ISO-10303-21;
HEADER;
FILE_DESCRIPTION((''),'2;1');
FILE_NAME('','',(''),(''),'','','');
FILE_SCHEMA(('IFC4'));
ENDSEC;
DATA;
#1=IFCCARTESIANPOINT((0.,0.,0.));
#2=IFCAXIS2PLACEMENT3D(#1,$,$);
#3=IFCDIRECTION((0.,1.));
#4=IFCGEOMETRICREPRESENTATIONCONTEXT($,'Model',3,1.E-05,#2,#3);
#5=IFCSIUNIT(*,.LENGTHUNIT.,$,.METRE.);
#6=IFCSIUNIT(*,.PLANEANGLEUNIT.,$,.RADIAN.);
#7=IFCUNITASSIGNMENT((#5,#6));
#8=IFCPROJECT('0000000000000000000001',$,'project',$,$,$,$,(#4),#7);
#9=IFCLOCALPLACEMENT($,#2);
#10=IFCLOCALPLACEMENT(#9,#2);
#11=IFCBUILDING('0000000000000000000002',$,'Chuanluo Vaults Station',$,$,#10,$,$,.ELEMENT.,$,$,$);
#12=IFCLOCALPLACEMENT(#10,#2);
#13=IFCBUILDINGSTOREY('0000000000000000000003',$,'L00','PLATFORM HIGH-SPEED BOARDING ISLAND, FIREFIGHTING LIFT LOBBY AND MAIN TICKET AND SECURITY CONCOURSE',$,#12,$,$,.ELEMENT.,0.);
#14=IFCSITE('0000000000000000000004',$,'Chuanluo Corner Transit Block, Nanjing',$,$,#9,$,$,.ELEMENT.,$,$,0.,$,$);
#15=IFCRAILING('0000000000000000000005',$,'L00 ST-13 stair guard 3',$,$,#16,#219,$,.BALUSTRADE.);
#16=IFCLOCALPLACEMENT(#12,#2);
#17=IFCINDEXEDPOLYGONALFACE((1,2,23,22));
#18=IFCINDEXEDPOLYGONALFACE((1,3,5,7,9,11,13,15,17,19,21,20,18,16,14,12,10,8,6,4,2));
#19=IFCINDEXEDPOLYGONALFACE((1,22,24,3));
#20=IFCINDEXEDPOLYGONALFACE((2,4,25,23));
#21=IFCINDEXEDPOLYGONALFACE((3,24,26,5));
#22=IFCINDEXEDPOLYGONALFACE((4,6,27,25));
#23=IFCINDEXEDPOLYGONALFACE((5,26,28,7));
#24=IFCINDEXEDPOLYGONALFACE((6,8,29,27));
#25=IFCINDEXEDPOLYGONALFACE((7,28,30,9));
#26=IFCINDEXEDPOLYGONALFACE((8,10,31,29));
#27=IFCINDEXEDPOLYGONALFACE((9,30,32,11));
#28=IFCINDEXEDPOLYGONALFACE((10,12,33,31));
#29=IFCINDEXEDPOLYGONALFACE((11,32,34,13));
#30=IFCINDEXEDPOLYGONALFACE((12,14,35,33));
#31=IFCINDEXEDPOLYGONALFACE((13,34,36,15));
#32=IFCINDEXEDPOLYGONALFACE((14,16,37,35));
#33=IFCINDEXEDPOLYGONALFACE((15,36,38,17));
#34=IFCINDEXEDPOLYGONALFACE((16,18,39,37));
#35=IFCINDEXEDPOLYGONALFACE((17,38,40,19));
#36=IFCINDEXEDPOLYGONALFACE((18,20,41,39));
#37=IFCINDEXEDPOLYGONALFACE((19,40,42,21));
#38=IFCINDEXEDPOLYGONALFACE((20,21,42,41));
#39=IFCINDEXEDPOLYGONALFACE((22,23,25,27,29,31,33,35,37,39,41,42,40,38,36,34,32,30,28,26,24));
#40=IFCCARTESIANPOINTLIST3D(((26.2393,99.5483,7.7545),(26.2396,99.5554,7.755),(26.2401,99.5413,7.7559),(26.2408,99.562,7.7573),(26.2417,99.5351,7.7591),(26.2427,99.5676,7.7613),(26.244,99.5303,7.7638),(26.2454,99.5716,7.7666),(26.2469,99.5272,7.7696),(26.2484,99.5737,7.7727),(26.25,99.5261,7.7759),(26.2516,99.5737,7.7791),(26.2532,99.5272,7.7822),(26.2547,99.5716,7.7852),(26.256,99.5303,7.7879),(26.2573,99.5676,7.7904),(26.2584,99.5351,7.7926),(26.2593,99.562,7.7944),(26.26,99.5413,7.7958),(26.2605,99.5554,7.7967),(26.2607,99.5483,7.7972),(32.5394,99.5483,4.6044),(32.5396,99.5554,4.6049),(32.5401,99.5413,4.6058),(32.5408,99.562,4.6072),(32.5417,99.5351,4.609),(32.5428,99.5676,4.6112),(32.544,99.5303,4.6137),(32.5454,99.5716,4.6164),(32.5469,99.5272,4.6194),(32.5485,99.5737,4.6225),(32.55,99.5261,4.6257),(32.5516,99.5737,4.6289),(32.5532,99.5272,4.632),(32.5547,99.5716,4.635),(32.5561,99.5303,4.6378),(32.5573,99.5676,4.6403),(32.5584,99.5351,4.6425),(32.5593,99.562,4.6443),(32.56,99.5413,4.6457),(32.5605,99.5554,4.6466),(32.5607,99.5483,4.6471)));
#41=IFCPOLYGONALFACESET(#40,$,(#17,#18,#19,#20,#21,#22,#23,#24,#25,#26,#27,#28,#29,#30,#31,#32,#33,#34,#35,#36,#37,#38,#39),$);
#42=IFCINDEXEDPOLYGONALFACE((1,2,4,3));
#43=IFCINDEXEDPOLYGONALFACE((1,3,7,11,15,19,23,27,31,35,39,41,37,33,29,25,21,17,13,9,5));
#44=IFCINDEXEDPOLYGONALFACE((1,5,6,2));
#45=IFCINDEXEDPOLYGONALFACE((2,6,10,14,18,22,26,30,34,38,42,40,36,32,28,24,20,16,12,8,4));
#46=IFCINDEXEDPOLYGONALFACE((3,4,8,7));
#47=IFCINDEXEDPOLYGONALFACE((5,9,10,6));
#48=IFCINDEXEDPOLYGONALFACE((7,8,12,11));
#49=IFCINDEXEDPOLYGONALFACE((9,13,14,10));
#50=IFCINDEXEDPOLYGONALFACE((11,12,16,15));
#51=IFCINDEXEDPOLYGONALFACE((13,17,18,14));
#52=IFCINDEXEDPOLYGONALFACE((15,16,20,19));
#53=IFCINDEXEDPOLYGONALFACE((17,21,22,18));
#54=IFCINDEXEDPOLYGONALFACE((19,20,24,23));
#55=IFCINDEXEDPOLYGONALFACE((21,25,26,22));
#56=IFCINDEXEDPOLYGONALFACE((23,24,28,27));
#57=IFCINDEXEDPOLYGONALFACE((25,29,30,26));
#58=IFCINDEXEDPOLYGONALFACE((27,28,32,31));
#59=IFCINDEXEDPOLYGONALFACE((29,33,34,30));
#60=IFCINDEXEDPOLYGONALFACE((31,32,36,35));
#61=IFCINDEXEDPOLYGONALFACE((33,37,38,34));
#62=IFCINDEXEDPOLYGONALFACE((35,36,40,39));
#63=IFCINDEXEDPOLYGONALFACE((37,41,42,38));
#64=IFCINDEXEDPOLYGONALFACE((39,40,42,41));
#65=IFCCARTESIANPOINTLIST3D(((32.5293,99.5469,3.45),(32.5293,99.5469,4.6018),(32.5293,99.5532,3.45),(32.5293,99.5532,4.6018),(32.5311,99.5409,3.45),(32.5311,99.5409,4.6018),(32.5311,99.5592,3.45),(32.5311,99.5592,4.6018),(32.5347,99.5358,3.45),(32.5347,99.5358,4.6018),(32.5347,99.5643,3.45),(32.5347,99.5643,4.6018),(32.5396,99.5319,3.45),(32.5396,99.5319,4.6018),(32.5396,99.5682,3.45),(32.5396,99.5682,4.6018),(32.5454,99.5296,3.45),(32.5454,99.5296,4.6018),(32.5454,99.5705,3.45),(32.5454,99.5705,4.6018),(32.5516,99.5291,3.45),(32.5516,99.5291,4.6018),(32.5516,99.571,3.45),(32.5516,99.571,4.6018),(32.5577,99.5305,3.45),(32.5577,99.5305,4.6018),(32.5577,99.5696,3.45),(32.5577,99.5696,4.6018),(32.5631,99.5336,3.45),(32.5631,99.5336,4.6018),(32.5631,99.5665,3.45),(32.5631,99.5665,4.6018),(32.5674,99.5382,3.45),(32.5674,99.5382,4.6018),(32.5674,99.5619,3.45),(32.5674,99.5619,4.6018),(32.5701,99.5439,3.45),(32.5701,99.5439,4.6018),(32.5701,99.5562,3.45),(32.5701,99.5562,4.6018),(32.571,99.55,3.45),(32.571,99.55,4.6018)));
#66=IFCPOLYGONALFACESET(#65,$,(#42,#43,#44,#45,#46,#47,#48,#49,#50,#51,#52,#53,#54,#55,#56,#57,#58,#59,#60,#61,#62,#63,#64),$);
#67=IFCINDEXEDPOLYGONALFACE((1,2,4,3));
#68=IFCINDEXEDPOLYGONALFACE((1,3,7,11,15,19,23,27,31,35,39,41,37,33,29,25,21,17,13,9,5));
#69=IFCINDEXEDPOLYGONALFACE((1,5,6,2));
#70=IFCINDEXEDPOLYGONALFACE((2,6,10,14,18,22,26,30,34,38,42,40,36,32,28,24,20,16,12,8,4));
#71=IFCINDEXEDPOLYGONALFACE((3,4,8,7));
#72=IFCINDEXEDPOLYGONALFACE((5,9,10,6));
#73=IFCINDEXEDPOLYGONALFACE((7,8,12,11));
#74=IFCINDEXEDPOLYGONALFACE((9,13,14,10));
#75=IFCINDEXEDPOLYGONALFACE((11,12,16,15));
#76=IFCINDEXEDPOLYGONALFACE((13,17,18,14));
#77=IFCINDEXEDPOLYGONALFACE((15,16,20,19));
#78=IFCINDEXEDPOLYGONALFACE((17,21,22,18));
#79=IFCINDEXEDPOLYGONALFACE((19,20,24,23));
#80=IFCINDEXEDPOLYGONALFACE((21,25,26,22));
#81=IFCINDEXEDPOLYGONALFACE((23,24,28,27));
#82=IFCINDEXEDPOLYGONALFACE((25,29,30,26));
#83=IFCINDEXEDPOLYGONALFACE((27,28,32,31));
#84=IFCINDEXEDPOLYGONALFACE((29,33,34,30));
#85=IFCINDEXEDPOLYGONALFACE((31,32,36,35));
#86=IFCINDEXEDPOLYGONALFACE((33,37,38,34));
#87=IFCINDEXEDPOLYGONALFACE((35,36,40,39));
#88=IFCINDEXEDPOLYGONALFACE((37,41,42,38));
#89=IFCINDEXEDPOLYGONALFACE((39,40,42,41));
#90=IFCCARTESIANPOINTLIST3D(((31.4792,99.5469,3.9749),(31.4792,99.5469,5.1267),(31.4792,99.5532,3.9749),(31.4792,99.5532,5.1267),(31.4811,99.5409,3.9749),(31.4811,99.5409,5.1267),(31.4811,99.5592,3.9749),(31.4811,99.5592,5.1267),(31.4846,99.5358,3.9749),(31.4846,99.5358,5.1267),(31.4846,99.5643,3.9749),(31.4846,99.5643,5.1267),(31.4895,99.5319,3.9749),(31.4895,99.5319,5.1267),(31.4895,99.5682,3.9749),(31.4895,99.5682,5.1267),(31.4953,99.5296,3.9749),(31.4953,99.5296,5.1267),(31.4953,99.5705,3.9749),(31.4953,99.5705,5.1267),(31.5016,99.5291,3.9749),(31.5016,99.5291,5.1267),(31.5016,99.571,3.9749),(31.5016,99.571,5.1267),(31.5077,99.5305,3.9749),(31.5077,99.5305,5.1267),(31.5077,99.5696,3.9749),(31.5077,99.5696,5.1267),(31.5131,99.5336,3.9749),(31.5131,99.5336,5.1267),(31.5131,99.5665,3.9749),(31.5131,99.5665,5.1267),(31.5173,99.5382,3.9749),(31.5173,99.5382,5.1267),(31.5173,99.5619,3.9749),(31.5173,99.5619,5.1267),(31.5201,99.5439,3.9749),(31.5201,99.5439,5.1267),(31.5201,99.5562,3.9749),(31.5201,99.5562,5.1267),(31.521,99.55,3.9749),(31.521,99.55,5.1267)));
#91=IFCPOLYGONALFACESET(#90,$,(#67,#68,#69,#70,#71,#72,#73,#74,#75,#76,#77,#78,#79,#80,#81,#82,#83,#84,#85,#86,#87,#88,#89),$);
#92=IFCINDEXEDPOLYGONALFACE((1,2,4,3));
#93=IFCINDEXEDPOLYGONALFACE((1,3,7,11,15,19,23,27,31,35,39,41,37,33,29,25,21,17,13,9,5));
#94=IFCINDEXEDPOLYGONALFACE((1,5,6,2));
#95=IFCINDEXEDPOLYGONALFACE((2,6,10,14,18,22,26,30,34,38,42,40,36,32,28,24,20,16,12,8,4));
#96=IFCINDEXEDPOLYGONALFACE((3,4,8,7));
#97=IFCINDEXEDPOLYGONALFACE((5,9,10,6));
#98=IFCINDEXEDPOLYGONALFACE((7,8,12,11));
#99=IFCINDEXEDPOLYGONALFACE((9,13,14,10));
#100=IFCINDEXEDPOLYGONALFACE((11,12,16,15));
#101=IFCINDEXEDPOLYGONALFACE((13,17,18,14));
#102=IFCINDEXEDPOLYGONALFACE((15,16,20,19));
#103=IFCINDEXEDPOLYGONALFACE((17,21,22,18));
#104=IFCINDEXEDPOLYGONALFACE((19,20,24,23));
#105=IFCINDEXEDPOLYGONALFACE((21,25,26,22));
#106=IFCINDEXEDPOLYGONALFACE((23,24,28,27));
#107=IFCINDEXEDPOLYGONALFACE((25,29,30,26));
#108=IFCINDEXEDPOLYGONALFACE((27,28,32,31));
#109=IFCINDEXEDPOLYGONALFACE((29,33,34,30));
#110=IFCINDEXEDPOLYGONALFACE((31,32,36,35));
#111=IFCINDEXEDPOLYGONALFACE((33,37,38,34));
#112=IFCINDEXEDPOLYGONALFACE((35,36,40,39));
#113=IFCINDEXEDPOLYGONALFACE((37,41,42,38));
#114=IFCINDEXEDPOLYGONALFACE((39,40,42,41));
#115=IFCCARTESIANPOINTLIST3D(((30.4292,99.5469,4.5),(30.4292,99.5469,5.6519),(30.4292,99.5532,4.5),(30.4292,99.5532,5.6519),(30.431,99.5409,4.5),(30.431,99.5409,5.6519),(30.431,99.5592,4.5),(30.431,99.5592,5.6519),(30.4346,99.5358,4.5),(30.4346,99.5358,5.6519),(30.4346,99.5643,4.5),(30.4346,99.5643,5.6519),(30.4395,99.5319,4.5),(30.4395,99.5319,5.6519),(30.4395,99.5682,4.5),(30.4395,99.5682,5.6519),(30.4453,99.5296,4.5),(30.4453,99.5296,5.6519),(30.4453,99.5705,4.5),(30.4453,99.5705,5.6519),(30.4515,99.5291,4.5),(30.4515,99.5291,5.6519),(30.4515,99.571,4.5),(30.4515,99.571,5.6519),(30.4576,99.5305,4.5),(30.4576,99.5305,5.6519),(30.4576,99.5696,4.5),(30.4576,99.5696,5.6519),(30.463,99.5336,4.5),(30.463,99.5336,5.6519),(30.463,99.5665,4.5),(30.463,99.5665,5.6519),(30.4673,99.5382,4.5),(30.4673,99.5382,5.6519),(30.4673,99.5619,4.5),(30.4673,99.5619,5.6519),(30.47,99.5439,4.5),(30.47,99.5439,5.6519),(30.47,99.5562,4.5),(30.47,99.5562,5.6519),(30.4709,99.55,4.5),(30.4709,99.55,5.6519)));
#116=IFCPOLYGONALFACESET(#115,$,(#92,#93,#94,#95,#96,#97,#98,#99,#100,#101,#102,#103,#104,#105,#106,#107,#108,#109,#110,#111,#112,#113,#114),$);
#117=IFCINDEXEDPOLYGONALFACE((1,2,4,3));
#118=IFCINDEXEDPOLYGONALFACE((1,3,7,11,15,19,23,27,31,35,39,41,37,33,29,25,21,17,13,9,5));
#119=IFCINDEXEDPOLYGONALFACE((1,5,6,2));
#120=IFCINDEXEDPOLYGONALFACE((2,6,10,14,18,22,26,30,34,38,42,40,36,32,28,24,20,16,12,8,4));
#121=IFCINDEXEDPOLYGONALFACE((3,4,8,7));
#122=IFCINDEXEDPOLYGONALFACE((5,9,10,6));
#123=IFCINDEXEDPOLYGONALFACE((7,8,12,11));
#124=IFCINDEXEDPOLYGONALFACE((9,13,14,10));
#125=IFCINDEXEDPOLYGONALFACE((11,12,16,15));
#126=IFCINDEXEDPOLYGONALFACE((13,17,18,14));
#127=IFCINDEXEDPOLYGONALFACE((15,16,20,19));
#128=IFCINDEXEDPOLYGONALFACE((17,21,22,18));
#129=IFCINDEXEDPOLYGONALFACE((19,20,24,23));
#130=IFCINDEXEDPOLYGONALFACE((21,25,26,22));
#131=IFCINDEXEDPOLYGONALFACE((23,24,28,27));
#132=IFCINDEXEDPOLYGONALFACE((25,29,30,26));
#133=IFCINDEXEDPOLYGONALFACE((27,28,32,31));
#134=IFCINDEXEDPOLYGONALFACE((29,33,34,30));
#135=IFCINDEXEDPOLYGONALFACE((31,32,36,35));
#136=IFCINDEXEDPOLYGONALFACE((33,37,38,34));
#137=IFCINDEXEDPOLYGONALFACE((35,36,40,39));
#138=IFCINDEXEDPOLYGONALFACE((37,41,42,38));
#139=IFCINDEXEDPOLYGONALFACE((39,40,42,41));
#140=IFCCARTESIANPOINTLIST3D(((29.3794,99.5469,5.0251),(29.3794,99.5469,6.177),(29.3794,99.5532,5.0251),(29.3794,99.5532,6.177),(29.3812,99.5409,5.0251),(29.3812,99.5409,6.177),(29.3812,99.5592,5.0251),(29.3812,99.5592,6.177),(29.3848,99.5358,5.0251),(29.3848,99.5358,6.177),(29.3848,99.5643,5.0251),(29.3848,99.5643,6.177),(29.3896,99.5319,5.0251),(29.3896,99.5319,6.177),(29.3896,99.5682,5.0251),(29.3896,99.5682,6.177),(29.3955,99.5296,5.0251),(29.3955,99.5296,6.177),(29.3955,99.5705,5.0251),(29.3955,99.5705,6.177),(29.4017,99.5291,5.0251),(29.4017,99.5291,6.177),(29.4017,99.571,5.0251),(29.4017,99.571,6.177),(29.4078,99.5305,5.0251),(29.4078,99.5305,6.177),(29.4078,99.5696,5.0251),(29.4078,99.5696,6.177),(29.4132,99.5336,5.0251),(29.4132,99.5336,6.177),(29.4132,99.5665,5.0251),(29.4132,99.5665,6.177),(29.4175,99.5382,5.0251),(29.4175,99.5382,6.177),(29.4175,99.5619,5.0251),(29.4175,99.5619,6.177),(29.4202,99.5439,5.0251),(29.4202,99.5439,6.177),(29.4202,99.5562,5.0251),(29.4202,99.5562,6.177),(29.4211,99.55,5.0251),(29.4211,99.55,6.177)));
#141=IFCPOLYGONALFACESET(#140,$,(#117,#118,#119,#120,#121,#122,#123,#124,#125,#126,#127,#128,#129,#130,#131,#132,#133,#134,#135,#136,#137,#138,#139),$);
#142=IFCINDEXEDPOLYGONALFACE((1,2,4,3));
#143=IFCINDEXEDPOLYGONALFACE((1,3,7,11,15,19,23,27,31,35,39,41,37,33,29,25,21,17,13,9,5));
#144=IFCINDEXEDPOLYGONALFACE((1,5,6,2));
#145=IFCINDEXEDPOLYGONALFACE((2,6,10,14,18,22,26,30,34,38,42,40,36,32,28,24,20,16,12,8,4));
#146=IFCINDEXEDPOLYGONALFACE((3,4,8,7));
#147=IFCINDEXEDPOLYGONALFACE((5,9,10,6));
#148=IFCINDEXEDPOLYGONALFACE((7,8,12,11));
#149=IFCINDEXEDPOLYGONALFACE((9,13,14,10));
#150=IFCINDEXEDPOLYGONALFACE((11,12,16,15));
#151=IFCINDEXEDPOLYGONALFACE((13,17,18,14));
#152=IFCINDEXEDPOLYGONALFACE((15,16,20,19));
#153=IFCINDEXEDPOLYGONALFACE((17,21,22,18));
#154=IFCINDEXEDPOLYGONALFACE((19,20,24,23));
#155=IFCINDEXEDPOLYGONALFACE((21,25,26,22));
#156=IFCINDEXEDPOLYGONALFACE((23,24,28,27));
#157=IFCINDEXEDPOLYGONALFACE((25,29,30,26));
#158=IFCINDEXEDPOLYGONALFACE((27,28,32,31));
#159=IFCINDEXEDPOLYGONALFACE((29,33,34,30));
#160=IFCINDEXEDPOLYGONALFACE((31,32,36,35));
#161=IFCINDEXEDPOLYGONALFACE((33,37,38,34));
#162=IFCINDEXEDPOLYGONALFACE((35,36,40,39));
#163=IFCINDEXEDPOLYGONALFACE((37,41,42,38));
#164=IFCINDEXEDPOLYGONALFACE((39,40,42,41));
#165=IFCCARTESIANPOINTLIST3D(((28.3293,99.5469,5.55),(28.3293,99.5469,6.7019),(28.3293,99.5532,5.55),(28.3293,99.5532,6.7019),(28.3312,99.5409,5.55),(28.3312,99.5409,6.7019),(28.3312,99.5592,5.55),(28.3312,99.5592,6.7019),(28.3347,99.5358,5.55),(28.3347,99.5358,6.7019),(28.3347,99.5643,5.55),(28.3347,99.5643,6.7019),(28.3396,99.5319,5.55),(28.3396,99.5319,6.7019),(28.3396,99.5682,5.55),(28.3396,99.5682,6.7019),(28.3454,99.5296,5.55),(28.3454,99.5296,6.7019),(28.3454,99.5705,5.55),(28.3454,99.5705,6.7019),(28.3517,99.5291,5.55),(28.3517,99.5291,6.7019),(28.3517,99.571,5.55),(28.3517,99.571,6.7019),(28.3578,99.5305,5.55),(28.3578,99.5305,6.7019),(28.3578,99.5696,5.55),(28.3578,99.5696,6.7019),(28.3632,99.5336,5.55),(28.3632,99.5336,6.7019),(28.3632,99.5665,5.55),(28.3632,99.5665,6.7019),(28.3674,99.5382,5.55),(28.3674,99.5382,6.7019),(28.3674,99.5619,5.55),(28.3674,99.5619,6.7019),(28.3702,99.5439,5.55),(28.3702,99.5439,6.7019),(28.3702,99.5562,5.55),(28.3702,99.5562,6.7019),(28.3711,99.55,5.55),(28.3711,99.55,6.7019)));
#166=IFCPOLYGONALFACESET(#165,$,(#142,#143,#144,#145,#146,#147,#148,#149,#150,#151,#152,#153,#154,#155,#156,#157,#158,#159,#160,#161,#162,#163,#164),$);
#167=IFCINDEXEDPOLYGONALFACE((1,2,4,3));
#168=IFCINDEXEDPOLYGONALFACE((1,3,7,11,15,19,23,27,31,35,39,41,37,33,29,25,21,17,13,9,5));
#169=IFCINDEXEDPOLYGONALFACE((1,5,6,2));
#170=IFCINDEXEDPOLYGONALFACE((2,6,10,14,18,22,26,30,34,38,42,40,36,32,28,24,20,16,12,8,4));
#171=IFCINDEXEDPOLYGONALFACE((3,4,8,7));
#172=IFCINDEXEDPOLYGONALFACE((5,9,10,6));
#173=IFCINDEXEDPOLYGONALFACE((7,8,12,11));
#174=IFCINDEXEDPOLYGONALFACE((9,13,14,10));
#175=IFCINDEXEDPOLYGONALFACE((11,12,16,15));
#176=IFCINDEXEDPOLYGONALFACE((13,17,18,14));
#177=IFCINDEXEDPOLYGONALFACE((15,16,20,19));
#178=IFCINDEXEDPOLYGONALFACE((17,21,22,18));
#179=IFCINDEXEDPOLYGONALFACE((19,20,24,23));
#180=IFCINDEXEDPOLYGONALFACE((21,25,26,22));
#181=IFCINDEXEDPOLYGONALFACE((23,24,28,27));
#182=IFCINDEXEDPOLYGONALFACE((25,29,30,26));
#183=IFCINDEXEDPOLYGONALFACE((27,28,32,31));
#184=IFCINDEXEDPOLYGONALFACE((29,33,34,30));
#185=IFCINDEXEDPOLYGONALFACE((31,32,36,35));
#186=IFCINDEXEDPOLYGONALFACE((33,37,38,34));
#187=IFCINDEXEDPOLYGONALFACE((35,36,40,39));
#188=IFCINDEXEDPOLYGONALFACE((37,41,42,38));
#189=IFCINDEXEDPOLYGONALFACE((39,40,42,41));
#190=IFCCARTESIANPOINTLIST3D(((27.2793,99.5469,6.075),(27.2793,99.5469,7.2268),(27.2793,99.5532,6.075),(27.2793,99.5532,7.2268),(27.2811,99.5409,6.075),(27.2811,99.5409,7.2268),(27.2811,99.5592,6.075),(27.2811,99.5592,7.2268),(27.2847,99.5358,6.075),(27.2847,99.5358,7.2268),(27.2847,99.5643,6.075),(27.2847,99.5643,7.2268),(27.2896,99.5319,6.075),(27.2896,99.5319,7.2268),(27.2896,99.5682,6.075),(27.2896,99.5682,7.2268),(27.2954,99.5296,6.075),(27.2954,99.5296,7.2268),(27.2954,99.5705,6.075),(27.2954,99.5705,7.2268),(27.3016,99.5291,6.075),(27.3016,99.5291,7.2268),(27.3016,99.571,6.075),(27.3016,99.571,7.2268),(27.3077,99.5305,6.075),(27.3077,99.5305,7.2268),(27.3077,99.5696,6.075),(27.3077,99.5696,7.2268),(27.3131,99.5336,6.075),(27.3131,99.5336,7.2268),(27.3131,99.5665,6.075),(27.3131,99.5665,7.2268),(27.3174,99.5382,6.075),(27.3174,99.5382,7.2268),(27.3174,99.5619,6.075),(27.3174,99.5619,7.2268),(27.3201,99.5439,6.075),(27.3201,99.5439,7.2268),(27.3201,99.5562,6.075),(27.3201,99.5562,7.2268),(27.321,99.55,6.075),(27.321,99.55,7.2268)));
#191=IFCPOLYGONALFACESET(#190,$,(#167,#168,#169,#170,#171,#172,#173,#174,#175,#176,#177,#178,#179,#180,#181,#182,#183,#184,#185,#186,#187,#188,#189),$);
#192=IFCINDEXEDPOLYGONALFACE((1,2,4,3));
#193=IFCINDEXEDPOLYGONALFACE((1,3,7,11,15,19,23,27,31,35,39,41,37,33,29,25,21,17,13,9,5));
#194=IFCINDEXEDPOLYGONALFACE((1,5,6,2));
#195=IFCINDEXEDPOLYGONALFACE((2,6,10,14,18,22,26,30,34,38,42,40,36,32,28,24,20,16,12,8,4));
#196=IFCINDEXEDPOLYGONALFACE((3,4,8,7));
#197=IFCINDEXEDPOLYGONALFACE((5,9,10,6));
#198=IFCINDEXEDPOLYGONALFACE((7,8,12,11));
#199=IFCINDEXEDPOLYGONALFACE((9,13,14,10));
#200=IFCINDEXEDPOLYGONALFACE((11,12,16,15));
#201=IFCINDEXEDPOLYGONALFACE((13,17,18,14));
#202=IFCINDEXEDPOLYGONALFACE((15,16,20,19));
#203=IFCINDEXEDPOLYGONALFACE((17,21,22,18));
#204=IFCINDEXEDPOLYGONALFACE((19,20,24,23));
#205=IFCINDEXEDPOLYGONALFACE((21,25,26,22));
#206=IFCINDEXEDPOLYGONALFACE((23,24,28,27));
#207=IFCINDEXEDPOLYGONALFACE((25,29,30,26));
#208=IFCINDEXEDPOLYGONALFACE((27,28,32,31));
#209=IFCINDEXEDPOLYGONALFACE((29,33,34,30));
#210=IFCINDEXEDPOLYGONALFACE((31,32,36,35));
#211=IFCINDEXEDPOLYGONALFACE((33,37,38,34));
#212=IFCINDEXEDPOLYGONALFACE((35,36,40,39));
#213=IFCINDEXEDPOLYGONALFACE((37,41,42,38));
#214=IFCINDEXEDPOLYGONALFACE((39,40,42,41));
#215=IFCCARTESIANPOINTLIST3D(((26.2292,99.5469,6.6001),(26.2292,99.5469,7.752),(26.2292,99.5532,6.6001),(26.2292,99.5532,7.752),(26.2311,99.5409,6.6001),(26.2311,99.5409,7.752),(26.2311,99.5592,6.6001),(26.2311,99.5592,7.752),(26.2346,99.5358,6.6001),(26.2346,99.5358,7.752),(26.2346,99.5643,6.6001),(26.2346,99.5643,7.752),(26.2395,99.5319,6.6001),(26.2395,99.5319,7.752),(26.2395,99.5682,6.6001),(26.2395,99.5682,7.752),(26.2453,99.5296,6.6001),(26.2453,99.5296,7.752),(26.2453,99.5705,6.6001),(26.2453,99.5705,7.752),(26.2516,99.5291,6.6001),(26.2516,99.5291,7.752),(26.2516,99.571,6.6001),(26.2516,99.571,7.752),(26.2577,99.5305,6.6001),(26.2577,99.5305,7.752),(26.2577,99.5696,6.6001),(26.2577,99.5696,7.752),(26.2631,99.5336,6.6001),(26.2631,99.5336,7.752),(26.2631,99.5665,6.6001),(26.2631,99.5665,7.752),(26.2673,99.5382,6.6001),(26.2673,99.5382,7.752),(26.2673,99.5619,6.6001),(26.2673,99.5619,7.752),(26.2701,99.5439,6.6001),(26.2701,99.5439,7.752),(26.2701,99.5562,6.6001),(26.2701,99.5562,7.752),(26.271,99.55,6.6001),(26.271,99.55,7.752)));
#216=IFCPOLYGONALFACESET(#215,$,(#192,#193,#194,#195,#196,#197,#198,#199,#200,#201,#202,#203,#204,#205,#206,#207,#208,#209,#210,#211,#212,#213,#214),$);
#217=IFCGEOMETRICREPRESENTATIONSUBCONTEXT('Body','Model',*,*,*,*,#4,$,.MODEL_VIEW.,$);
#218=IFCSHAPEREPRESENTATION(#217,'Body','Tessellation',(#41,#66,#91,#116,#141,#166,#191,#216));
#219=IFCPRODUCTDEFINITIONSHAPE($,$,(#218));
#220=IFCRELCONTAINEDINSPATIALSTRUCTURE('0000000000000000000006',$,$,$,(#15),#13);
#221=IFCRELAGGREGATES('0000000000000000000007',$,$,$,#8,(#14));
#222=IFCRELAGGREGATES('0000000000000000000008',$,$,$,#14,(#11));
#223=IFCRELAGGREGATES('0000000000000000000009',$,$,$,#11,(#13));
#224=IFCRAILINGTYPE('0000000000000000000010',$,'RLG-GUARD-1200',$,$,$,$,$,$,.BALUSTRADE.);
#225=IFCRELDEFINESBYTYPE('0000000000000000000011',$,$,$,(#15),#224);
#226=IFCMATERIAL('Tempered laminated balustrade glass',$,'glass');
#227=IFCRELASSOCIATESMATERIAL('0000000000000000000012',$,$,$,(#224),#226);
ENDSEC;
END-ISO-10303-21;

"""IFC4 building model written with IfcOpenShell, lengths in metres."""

from ifc_helpers import new_model, si_unit, direction, frame, origin, origin_2d, place, context, subcontext, project, spatial, circle, extrude, material, type_object, element, save


model = new_model("IFC4")

# Units and contexts
model_context = context("Model", 3, precision=1e-05, world=origin(), true_north=direction((0.0, 1.0)))
body_context = subcontext(model_context, "Body", "Model", "MODEL_VIEW")
ifc_project = project(units=[si_unit("LENGTHUNIT", "METRE"), si_unit("PLANEANGLEUNIT", "RADIAN")], contexts=[model_context])

# Site, building, storey
site_placement = place(None, origin())
site = spatial("IfcSite", under=ifc_project, at=site_placement, Name="Chuanluo Corner Transit Block, Nanjing", CompositionType="ELEMENT", RefElevation=0.0)
building_placement = place(site_placement, origin())
building = spatial("IfcBuilding", under=site, at=building_placement, Name="Chuanluo Vaults Station", CompositionType="ELEMENT")
storey_placement = place(building_placement, origin())
storey = spatial("IfcBuildingStorey", under=building, at=storey_placement, Name="L00", Description="PLATFORM HIGH-SPEED BOARDING ISLAND, FIREFIGHTING LIFT LOBBY AND MAIN TICKET AND SECURITY CONCOURSE", CompositionType="ELEMENT", Elevation=0.0)

# Railing
ifc_material_1 = material(Name="Tempered laminated balustrade glass", Category="glass")
railing_type_1 = type_object("IfcRailingType", Name="RLG-GUARD-1200", PredefinedType="BALUSTRADE", material=ifc_material_1)
railing_1_placement = place(storey_placement, frame((32.55, 99.55, 3.45)))
element("IfcRailing", 1, at=railing_1_placement, inside=storey, type_object=railing_type_1, Name="L00 ST-13 stair guard 3", PredefinedType="BALUSTRADE", context=body_context, shape_type="SweptSolid", body=[
    extrude(circle(Radius=0.0239, at=origin_2d()), frame((0.0, 0.0, 1.1758), z_axis=(-0.89442, 0.0, 0.447227), x_axis=(0.0, -1.0, 0.0)), (0.0, 0.0, 1.0), 7.0437),
    extrude(circle(Radius=0.021, at=origin_2d()), origin(), (0.0, 0.0, 1.0), 1.1519),
    extrude(circle(Radius=0.021, at=origin_2d()), frame((-1.05, 0.0, 0.5249)), (0.0, 0.0, 1.0), 1.1519),
    extrude(circle(Radius=0.021, at=origin_2d()), frame((-2.1001, 0.0, 1.05)), (0.0, 0.0, 1.0), 1.1519),
    extrude(circle(Radius=0.021, at=origin_2d()), frame((-3.1499, 0.0, 1.5752)), (0.0, 0.0, 1.0), 1.1519),
    extrude(circle(Radius=0.021, at=origin_2d()), frame((-4.2, 0.0, 2.1001)), (0.0, 0.0, 1.0), 1.1519),
    extrude(circle(Radius=0.021, at=origin_2d()), frame((-5.25, 0.0, 2.625)), (0.0, 0.0, 1.0), 1.1519),
    extrude(circle(Radius=0.021, at=origin_2d()), frame((-6.3, 0.0, 3.1501)), (0.0, 0.0, 1.0), 1.1519),
])

save(model, "model.ifc")
